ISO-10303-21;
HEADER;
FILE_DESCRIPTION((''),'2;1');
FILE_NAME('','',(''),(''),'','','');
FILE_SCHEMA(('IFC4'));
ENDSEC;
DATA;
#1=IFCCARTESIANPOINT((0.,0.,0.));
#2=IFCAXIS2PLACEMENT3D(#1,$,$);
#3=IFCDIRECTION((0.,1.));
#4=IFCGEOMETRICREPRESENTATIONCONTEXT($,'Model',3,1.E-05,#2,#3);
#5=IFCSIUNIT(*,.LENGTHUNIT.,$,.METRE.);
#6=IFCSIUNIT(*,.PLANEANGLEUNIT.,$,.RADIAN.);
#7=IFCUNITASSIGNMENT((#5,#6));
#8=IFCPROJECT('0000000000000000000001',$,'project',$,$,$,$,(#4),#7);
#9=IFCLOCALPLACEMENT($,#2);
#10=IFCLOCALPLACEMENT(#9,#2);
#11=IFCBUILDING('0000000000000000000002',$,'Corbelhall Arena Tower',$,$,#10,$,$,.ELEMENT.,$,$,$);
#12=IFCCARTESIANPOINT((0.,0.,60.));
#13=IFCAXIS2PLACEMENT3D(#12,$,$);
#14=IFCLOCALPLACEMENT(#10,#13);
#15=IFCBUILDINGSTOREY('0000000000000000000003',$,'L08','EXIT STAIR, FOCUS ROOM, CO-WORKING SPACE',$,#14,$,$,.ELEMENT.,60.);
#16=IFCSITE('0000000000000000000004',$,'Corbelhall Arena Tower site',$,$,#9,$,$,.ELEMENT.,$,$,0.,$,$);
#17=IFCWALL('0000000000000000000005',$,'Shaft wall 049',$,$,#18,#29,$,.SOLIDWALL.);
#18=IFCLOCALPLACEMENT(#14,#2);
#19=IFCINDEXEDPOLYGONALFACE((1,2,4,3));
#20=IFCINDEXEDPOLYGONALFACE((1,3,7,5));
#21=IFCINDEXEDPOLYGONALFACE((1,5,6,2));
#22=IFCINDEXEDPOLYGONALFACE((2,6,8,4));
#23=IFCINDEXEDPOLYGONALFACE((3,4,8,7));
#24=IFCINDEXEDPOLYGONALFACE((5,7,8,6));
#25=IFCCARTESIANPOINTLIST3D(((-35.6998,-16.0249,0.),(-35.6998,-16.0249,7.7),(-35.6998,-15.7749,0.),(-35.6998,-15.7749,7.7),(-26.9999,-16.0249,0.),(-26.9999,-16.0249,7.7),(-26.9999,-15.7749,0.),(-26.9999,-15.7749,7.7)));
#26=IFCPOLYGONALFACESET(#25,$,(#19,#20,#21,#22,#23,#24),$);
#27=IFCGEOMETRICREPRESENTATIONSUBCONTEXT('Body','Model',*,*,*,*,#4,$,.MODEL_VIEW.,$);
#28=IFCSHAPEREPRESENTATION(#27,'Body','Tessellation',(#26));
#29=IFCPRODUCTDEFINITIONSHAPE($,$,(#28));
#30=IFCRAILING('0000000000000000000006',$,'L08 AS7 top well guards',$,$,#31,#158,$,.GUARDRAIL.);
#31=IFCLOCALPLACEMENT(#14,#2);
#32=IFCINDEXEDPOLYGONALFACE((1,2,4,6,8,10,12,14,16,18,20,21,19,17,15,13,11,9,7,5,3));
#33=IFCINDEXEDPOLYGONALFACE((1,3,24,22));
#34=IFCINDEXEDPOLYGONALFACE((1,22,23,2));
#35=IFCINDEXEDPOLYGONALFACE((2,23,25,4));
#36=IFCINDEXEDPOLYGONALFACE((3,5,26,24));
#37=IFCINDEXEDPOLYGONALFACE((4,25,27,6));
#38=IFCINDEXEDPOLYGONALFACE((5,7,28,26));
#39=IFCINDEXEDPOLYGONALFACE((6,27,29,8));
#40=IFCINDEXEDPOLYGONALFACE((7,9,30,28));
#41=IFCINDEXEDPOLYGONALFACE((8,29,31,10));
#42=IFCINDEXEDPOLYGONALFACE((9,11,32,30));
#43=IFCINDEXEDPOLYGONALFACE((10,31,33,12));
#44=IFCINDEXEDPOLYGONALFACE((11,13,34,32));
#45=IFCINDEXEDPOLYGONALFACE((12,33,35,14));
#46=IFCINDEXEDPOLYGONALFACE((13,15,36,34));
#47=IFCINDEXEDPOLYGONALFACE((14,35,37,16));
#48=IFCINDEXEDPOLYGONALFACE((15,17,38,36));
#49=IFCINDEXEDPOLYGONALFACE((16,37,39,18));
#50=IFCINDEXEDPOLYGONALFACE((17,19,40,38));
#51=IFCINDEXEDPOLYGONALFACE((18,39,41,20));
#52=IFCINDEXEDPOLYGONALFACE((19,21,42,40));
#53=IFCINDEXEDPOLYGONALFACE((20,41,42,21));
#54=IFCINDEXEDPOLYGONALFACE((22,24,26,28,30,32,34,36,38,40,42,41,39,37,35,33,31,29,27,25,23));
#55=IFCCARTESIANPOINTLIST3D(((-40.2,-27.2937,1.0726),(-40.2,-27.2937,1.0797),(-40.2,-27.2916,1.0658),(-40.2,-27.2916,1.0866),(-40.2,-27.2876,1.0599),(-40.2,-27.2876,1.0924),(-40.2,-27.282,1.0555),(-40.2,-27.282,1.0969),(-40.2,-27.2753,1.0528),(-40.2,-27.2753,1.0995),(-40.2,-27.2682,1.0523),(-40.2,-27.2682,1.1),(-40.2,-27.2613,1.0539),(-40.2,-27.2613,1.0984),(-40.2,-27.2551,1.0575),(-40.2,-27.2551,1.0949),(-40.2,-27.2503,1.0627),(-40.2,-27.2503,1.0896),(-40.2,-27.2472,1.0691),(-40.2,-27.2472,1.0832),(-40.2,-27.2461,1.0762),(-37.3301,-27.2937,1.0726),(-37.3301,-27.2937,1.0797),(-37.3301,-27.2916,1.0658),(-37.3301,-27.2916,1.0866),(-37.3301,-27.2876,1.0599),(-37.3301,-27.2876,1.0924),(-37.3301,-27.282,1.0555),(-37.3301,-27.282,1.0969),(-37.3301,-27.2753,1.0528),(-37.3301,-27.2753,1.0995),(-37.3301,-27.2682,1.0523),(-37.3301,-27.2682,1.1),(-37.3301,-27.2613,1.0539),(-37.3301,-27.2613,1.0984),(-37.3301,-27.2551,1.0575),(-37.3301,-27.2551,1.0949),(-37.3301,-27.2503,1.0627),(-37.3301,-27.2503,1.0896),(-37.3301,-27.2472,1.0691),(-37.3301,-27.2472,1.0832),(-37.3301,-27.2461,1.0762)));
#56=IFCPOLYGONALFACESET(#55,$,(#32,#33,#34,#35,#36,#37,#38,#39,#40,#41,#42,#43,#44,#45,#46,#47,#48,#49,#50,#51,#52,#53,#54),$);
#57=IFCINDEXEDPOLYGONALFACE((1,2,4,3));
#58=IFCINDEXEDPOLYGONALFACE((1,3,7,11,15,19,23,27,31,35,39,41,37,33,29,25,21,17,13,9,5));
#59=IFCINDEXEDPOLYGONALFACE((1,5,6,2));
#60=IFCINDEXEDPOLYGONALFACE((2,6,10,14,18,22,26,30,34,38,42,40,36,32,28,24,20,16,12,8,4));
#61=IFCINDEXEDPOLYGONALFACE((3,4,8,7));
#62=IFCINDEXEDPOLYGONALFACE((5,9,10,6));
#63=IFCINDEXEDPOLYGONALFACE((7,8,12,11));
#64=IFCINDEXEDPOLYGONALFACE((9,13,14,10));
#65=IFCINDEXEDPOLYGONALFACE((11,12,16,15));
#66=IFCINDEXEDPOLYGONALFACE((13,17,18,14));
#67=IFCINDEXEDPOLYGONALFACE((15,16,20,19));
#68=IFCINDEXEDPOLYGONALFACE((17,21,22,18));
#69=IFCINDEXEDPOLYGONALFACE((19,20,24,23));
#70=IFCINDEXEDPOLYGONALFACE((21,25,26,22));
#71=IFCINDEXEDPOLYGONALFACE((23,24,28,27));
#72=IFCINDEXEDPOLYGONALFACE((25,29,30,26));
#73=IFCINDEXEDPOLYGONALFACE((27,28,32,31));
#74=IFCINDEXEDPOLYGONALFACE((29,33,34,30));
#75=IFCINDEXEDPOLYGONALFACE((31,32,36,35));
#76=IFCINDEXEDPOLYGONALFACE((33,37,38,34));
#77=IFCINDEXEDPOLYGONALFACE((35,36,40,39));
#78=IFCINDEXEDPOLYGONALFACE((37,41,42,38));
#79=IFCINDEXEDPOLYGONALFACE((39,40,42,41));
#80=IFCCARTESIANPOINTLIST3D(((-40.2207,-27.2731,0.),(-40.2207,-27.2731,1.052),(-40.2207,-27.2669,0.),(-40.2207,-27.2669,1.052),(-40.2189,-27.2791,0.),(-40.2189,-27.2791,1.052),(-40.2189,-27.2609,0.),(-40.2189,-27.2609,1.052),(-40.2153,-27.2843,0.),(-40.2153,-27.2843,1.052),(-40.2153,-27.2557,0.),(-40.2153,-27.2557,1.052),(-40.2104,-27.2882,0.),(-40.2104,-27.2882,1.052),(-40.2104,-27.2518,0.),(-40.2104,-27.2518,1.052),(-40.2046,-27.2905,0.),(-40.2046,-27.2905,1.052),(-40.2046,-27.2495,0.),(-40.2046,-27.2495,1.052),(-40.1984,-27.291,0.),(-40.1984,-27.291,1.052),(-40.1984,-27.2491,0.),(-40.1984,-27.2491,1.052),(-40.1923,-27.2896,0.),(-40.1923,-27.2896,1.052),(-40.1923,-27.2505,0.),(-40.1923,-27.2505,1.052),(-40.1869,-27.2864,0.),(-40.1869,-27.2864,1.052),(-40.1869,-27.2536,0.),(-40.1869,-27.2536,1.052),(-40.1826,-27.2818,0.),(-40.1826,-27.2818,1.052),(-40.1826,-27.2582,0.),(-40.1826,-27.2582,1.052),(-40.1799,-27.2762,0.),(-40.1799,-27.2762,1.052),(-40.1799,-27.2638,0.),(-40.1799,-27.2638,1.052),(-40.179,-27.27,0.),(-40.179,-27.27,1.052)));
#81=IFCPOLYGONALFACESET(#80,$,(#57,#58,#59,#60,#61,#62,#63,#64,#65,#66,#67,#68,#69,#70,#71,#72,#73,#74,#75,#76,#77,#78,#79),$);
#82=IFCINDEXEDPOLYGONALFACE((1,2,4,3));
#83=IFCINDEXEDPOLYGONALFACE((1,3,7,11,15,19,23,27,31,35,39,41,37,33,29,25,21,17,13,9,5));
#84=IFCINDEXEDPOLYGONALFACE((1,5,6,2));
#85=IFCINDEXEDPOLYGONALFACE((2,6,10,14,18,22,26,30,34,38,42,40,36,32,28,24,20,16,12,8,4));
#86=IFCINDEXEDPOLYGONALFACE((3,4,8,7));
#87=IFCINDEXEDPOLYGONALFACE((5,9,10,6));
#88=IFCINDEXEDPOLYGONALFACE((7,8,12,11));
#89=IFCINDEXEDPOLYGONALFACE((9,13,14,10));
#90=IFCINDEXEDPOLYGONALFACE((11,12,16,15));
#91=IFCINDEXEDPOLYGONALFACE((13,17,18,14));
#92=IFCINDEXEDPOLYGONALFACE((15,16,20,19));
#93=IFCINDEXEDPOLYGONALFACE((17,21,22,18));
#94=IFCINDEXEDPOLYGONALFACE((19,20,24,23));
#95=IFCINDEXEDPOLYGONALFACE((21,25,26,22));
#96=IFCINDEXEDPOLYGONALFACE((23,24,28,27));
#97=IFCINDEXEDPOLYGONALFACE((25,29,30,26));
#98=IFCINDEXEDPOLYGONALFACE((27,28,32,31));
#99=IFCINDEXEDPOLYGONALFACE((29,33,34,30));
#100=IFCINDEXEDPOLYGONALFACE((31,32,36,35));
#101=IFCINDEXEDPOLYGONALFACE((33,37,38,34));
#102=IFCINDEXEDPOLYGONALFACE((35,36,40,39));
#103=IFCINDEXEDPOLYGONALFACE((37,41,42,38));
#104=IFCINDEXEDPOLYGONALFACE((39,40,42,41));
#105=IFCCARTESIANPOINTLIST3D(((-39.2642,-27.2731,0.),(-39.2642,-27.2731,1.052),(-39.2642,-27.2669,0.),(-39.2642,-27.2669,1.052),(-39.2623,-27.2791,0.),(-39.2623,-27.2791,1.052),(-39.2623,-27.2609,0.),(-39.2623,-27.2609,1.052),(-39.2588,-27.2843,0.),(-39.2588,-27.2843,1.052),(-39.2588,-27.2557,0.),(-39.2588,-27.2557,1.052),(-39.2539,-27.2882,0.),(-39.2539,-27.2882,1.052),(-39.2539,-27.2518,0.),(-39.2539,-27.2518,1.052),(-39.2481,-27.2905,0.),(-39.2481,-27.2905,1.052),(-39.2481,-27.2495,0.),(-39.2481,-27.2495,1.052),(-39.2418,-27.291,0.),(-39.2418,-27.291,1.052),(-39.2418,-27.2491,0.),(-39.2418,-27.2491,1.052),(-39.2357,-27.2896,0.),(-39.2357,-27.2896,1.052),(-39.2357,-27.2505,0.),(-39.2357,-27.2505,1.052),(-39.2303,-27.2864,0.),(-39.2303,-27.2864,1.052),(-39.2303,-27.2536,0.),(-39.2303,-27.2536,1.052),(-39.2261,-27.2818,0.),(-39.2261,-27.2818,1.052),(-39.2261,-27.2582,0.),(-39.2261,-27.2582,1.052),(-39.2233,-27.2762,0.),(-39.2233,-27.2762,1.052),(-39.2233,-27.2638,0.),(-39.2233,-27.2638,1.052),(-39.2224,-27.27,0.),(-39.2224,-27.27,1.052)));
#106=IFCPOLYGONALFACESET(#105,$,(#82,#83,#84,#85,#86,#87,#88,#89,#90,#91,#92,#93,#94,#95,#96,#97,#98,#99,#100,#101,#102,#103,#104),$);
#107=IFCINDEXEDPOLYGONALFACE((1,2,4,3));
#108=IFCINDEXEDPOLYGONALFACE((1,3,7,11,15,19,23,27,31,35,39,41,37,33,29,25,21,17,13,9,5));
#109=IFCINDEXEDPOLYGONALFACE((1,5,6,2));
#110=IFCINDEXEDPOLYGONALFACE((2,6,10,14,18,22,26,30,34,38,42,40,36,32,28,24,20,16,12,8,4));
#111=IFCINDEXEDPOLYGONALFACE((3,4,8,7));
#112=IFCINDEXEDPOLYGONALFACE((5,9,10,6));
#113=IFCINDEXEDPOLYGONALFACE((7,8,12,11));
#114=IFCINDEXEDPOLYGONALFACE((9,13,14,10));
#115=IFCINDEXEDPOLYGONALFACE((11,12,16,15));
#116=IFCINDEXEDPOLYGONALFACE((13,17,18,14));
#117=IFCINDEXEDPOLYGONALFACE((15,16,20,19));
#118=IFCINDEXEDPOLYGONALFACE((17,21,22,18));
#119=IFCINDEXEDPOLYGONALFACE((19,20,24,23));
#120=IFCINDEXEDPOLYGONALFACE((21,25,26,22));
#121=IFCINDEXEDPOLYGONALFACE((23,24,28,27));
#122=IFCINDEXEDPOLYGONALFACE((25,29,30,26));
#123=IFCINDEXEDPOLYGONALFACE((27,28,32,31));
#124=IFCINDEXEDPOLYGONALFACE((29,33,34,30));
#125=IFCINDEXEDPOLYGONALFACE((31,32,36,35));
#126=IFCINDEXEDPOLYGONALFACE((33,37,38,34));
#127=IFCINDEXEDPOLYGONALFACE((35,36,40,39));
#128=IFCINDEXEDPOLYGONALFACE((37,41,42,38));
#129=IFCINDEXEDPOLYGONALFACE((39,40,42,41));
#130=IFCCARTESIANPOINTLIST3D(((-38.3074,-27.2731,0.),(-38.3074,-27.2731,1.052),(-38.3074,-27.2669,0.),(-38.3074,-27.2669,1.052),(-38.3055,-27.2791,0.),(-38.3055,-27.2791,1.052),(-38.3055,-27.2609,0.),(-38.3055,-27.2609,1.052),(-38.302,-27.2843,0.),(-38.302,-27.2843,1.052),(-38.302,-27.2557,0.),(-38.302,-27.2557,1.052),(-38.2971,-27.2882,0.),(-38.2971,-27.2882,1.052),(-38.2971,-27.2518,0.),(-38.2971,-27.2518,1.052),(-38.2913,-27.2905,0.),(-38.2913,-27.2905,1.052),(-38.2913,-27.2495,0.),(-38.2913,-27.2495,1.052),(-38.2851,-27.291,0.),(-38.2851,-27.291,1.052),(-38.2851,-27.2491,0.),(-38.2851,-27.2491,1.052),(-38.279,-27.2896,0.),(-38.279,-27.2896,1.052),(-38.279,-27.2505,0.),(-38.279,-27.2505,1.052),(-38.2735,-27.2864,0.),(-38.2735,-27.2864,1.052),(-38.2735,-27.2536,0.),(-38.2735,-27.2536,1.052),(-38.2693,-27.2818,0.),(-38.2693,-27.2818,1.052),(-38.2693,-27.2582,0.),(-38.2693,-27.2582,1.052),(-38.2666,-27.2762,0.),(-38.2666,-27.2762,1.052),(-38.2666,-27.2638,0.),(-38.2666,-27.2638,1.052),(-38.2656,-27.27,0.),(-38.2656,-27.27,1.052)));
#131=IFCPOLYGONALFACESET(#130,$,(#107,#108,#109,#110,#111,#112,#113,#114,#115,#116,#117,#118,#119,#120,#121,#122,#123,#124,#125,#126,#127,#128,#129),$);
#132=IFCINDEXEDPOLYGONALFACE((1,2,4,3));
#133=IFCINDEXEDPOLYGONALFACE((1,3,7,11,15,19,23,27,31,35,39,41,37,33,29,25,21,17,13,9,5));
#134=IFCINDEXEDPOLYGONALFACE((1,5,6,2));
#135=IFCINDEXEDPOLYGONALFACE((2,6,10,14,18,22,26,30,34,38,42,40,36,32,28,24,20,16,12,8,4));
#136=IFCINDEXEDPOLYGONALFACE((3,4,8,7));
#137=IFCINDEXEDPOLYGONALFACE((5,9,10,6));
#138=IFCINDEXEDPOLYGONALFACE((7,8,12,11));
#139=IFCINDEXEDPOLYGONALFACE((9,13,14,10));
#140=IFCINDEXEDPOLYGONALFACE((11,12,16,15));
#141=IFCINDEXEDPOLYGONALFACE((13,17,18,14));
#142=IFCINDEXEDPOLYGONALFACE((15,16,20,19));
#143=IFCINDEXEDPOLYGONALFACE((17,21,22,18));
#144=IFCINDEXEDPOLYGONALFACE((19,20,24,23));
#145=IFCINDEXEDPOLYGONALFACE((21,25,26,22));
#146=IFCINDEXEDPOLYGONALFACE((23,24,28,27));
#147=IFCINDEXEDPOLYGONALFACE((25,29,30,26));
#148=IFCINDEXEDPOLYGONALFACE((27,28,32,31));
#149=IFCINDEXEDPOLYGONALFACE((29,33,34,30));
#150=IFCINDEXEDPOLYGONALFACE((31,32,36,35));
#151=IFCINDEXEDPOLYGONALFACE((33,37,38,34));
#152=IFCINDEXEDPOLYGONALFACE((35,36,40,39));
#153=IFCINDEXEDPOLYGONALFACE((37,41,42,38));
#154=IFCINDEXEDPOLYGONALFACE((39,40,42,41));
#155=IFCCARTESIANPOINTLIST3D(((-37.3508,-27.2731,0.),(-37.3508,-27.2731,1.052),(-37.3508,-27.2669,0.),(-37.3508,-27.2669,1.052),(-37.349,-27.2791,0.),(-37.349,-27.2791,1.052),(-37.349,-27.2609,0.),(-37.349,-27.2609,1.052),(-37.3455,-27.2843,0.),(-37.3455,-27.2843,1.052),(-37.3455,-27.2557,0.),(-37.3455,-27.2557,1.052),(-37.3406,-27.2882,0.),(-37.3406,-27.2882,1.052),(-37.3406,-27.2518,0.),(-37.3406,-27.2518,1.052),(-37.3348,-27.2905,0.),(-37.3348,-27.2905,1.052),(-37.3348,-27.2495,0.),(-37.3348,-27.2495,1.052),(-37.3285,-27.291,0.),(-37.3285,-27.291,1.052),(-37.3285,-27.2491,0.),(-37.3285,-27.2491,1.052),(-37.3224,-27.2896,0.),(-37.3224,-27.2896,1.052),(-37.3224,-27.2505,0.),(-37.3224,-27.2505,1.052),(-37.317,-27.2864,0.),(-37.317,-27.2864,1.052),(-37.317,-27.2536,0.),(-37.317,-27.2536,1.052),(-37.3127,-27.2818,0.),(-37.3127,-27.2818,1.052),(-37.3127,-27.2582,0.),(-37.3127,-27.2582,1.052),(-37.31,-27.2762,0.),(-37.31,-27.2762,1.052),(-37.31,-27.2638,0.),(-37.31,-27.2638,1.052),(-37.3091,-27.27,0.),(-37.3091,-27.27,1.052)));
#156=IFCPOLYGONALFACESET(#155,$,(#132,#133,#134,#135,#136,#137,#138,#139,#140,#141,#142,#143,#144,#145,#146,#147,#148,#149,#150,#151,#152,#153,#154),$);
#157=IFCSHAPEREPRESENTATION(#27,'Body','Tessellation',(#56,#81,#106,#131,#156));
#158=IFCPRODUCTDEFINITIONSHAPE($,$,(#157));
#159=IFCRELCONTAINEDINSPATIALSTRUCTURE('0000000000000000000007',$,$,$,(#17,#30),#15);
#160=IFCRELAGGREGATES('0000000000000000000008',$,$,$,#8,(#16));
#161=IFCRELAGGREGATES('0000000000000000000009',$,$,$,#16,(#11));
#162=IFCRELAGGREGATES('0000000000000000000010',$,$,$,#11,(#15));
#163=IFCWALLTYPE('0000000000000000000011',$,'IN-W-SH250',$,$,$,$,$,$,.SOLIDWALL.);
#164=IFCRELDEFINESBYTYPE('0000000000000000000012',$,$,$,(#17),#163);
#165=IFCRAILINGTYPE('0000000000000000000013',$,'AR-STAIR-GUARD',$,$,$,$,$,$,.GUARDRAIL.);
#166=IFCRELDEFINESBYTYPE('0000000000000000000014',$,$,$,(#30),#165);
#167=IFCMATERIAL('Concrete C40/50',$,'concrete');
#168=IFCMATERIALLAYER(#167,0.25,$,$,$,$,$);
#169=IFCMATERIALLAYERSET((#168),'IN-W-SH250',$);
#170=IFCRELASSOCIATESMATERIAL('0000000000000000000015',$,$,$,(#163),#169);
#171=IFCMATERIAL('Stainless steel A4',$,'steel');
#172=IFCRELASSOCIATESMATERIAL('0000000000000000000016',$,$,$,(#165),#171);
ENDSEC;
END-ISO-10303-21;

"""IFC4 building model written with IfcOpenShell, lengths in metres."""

from ifc_helpers import new_model, si_unit, direction, frame, frame_2d, origin, origin_2d, place, context, subcontext, project, spatial, rectangle, circle, extrude, material, layer, layer_set, type_object, element, save


model = new_model("IFC4")

# Units and contexts
model_context = context("Model", 3, precision=1e-05, world=origin(), true_north=direction((0.0, 1.0)))
body_context = subcontext(model_context, "Body", "Model", "MODEL_VIEW")
ifc_project = project(units=[si_unit("LENGTHUNIT", "METRE"), si_unit("PLANEANGLEUNIT", "RADIAN")], contexts=[model_context])

# Site, building, storey
site_placement = place(None, origin())
site = spatial("IfcSite", under=ifc_project, at=site_placement, Name="Corbelhall Arena Tower site", CompositionType="ELEMENT", RefElevation=0.0)
building_placement = place(site_placement, origin())
building = spatial("IfcBuilding", under=site, at=building_placement, Name="Corbelhall Arena Tower", CompositionType="ELEMENT")
storey_placement = place(building_placement, frame((0.0, 0.0, 60.0)))
storey = spatial("IfcBuildingStorey", under=building, at=storey_placement, Name="L08", Description="EXIT STAIR, FOCUS ROOM, CO-WORKING SPACE", CompositionType="ELEMENT", Elevation=60.0)

# Shared definitions
ifc_material_1 = material(Name="Stainless steel A4", Category="steel")

# Wall
ifc_material_2 = material(Name="Concrete C40/50", Category="concrete")
ifc_layer_1 = layer(ifc_material_2, 0.25)
ifc_layer_set_1 = layer_set([ifc_layer_1], Name="IN-W-SH250")
wall_type_1 = type_object("IfcWallType", Name="IN-W-SH250", PredefinedType="SOLIDWALL", material=ifc_layer_set_1)
wall_1_placement = place(storey_placement, frame((-35.7, -15.8999, 0.0), z_axis=(0.0, 0.0, 1.0), x_axis=(1.0, 0.0, 0.0)))
element("IfcWall", 1, at=wall_1_placement, inside=storey, type_object=wall_type_1, Name="Shaft wall 049", PredefinedType="SOLIDWALL", context=body_context, shape_type="SweptSolid", body=[
    extrude(rectangle(XDim=8.7, YDim=0.25, at=frame_2d((4.3501, 0.0))), origin(), (0.0, 0.0, 1.0), 7.7),
])

# Railing
railing_type = type_object("IfcRailingType", Name="AR-STAIR-GUARD", PredefinedType="GUARDRAIL", material=ifc_material_1)
for number, where, name in (
    (2, (-40.2, -27.27, 0.0), "L08 AS7 top well guards"),
):
    element("IfcRailing", number, at=place(storey_placement, frame(where)), inside=storey, type_object=railing_type, Name=name, PredefinedType="GUARDRAIL", context=body_context, shape_type="SweptSolid", body=[
        extrude(circle(Radius=0.0239, at=origin_2d()), frame((0.0, 0.0, 1.0762), z_axis=(1.0, 0.0, 0.0), x_axis=(0.0, 1.0, 0.0)), (0.0, 0.0, 1.0), 2.8699),
        extrude(circle(Radius=0.021, at=origin_2d()), origin(), (0.0, 0.0, 1.0), 1.052),
        extrude(circle(Radius=0.021, at=origin_2d()), frame((0.9565, 0.0, 0.0)), (0.0, 0.0, 1.0), 1.052),
        extrude(circle(Radius=0.021, at=origin_2d()), frame((1.9133, 0.0, 0.0)), (0.0, 0.0, 1.0), 1.052),
        extrude(circle(Radius=0.021, at=origin_2d()), frame((2.8699, 0.0, 0.0)), (0.0, 0.0, 1.0), 1.052),
    ])

save(model, "model.ifc")
